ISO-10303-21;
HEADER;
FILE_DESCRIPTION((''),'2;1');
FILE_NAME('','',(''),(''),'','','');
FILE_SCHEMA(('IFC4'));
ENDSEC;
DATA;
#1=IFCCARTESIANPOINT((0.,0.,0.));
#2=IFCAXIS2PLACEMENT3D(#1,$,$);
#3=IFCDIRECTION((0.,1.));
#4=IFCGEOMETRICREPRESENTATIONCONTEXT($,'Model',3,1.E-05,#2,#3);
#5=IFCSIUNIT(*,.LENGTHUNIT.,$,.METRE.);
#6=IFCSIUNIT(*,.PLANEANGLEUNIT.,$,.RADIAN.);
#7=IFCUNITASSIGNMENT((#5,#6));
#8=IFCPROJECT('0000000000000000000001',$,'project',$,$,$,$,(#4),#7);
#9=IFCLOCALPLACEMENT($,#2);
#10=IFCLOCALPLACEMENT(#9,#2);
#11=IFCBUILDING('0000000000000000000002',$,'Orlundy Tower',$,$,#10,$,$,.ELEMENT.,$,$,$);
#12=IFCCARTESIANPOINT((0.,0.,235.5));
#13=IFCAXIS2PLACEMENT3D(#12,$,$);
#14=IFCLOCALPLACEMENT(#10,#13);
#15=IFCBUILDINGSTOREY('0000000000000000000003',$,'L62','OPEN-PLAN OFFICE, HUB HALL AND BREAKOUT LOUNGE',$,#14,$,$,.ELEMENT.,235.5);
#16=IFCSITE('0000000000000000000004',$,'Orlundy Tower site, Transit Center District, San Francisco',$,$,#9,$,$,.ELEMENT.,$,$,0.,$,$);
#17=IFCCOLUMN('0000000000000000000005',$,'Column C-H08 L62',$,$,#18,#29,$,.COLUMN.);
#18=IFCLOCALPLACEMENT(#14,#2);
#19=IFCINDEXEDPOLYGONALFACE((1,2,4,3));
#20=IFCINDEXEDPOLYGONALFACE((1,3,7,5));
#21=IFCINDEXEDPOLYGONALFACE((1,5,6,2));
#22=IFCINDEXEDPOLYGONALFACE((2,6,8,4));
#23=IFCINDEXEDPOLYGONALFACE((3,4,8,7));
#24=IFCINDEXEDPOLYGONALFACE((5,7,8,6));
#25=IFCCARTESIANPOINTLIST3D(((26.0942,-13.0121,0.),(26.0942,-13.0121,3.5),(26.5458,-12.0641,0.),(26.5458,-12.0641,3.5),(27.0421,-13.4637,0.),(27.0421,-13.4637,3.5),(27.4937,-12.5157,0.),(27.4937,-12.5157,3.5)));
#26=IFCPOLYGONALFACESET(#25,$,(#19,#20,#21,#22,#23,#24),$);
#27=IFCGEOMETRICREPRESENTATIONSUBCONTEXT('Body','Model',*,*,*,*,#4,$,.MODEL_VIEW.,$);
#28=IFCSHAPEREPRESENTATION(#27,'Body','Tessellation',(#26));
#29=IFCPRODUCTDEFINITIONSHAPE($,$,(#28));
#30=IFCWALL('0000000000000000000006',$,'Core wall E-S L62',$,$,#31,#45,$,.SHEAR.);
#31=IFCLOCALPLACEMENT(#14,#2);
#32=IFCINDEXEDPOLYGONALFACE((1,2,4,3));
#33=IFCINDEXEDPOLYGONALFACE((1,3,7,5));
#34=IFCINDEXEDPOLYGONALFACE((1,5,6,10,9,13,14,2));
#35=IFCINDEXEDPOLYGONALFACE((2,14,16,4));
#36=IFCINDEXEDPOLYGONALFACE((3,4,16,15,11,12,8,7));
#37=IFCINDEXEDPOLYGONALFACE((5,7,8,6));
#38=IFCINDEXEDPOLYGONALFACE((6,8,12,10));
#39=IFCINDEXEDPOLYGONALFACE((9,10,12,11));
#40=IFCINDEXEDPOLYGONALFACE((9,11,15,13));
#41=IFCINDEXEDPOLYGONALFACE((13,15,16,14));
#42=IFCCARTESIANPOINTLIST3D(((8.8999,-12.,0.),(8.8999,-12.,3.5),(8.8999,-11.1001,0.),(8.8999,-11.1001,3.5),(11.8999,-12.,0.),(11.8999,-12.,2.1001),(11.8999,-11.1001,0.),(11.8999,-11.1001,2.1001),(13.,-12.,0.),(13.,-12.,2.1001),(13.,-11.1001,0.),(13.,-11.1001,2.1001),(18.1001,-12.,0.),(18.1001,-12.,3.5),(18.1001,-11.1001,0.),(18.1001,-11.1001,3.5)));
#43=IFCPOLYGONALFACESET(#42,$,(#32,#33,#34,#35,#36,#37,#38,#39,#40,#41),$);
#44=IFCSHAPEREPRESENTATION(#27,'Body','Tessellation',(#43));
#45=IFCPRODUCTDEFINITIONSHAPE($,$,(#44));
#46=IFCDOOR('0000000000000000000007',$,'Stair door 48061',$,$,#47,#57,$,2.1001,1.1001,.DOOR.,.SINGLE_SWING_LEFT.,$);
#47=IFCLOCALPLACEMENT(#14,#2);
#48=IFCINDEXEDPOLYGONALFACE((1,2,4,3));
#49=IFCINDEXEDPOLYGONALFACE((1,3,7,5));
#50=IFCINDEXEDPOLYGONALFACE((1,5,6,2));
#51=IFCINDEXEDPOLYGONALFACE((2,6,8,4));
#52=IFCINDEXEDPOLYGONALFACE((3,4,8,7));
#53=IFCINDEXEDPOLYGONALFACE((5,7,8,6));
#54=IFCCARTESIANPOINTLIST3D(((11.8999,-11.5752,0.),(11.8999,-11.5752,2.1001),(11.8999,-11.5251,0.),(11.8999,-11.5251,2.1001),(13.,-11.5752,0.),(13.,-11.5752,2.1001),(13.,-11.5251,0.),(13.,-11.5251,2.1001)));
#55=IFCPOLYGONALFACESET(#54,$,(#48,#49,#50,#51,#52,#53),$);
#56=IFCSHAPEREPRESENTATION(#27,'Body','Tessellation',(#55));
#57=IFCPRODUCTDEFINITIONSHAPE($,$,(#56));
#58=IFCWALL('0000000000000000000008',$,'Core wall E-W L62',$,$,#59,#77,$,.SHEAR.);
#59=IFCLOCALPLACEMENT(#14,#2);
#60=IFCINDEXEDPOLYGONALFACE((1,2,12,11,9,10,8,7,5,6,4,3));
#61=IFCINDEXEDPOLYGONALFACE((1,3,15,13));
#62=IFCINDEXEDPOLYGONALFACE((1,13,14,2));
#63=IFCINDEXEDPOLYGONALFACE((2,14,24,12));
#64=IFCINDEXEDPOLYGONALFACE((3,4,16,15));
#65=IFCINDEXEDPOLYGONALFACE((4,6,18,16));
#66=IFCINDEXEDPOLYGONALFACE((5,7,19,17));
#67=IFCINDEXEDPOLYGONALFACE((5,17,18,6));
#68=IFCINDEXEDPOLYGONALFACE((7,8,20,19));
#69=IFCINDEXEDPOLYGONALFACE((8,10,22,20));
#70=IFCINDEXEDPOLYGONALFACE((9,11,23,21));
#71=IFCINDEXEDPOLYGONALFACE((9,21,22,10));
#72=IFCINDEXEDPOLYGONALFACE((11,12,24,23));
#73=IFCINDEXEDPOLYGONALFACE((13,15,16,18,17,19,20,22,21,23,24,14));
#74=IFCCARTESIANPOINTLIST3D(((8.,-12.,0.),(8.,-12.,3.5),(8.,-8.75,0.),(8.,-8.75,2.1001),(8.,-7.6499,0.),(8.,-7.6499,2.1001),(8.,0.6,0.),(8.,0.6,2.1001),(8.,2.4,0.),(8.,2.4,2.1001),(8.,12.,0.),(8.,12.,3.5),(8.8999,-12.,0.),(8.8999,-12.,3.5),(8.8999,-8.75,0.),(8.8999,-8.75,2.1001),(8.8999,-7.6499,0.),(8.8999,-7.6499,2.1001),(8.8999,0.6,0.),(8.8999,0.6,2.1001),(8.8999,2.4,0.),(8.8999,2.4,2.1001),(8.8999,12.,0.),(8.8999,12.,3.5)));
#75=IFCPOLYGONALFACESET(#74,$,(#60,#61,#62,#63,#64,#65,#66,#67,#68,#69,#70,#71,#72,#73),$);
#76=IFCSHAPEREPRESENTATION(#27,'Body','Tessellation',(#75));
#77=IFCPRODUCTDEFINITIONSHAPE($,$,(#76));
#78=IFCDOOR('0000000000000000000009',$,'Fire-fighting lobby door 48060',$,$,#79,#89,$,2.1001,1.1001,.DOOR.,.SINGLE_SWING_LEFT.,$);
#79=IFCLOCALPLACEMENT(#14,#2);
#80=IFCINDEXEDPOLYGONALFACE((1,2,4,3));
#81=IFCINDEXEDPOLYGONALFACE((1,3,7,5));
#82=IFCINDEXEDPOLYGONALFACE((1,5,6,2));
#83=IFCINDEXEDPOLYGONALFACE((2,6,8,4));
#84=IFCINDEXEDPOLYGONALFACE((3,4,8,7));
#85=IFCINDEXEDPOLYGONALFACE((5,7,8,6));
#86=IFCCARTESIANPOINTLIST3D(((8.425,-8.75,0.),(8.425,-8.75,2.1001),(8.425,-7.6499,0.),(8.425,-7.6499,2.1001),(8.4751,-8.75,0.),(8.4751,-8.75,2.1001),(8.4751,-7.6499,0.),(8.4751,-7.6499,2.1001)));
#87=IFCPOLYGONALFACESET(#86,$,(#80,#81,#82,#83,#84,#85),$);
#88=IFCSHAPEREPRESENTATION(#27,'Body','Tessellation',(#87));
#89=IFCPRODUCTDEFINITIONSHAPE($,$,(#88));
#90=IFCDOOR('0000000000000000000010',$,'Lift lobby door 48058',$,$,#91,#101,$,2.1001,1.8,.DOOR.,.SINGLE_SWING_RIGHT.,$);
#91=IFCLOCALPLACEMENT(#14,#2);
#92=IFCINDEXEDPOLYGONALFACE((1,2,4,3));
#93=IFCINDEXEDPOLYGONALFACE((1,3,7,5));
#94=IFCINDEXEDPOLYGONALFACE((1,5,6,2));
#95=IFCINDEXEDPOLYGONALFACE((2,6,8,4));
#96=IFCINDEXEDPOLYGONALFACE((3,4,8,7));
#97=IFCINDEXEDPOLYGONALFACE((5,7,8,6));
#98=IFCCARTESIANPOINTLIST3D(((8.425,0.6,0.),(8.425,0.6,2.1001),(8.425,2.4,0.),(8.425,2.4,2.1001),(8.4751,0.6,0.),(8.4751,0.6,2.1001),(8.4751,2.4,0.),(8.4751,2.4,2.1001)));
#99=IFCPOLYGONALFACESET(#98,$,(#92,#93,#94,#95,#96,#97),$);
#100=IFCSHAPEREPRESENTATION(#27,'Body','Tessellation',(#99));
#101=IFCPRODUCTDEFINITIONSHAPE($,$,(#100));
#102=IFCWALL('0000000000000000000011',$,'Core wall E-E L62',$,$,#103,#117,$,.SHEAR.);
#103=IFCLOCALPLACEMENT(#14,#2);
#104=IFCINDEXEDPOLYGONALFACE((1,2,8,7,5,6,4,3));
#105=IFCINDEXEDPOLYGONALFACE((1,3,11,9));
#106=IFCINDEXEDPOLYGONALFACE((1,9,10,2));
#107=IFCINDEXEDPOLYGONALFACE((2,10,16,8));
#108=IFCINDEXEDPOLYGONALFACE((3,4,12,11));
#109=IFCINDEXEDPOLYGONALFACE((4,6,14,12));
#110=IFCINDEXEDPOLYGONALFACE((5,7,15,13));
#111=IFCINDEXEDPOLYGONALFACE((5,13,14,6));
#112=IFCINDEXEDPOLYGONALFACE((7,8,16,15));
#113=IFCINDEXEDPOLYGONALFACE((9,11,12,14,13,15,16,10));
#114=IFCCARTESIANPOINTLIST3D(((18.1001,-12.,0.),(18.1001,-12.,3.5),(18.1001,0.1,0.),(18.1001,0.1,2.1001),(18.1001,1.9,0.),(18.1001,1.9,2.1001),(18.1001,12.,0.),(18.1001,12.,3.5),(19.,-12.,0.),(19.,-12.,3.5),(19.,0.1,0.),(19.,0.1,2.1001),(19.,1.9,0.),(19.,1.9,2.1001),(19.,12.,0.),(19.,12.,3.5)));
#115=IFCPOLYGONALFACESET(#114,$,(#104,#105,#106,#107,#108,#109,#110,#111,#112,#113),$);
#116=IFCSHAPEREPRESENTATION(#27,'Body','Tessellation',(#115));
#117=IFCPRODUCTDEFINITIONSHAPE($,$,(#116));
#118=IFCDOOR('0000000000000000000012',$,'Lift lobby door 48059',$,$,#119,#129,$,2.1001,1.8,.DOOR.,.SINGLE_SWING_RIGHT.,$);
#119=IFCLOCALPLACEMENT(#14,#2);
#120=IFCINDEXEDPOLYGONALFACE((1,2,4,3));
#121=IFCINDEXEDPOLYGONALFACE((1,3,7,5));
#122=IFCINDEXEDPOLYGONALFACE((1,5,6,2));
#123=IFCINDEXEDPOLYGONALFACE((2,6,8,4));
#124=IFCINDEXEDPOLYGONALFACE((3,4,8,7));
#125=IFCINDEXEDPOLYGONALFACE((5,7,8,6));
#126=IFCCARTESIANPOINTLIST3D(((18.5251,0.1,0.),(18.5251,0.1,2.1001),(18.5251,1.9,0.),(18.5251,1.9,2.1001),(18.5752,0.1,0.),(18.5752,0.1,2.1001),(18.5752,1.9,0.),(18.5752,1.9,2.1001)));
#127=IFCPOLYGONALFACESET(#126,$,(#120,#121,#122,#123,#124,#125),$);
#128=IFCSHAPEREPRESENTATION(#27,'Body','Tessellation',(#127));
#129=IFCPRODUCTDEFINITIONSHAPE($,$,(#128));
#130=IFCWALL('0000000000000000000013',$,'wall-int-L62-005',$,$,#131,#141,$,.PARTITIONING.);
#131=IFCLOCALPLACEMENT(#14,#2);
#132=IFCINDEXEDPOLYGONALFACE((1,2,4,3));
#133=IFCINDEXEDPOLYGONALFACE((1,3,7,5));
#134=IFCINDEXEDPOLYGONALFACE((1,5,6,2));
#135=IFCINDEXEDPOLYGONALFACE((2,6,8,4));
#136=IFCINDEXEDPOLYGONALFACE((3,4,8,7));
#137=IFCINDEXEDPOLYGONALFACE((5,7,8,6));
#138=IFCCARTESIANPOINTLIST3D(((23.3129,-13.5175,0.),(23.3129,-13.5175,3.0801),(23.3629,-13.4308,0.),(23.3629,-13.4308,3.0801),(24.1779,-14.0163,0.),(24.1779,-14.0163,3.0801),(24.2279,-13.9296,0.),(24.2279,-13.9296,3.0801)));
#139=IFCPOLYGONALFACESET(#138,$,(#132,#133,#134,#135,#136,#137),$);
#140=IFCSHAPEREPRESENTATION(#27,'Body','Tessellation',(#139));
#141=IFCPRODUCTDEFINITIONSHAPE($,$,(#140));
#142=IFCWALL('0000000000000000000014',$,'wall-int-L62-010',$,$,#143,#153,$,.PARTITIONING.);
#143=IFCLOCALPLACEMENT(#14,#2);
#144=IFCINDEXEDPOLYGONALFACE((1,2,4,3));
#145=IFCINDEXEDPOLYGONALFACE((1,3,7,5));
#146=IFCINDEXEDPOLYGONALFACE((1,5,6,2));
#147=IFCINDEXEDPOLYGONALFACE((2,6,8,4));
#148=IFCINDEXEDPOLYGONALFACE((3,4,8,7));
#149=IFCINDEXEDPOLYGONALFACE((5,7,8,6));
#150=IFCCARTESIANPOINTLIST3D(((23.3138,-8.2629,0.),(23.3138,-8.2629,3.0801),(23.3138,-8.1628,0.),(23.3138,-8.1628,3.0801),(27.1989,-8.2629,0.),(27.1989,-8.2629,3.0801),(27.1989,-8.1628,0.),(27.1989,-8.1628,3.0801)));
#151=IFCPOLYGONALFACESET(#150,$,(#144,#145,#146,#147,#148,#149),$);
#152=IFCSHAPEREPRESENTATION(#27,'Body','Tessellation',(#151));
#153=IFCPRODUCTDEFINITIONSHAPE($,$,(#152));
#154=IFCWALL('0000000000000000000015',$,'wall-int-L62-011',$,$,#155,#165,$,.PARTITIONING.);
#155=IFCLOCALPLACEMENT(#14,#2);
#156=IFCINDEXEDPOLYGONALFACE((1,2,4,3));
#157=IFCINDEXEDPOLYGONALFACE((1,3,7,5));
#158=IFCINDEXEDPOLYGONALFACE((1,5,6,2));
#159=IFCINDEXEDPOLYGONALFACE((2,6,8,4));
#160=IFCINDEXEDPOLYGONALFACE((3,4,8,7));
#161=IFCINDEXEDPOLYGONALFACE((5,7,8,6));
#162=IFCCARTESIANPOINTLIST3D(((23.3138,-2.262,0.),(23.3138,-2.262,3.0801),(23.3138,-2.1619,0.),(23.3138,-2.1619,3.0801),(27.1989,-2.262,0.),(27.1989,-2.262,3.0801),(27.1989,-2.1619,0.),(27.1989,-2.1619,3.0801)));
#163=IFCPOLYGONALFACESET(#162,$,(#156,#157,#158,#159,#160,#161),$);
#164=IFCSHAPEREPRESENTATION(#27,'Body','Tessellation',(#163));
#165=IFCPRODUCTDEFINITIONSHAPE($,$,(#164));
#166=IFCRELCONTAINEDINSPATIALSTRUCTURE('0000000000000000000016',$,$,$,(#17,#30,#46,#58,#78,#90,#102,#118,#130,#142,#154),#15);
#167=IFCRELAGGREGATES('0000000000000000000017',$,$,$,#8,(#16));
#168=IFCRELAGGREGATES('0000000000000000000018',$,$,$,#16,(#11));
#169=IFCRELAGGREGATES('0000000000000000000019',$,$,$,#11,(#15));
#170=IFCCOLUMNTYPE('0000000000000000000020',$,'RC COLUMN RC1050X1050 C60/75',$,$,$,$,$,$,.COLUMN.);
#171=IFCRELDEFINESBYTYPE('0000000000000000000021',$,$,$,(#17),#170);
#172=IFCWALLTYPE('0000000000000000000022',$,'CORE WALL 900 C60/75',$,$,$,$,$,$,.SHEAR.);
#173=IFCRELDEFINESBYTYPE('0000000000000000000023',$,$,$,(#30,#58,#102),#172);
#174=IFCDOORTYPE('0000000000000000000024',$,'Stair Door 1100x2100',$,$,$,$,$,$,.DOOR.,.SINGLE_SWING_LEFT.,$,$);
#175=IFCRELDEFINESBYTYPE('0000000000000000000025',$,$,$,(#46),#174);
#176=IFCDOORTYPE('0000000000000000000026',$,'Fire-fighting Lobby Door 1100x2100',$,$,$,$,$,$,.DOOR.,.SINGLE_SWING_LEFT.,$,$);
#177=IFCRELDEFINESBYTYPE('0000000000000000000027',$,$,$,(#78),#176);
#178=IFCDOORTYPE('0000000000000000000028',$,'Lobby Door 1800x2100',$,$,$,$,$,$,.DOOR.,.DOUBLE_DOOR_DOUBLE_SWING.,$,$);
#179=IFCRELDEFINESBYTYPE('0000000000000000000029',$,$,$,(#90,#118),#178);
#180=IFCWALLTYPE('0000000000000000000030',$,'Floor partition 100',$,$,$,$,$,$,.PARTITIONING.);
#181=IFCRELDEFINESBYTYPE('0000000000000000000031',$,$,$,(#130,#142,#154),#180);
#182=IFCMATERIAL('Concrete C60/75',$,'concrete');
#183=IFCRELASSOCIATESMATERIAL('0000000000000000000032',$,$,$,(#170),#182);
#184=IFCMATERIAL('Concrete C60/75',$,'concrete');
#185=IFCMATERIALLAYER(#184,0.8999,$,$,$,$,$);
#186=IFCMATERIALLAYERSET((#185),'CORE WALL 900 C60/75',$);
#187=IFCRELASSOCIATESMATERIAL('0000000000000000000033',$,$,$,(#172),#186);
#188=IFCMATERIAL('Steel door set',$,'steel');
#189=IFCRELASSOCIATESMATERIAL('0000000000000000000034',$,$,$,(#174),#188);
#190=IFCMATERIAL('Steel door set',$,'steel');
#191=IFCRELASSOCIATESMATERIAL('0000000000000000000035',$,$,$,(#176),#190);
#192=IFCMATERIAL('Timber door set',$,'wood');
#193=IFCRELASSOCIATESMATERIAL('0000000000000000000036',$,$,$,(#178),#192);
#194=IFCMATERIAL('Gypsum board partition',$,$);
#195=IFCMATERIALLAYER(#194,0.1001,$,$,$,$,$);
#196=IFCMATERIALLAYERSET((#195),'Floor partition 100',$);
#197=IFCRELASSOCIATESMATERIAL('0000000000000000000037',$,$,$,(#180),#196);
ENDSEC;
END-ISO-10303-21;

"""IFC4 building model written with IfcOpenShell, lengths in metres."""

from ifc_helpers import new_model, si_unit, direction, frame, frame_2d, origin, origin_2d, place, context, subcontext, project, spatial, rectangle, extrude, material, layer, layer_set, material_profile, profile_set, type_object, element, fill, save


model = new_model("IFC4")

# Units and contexts
model_context = context("Model", 3, precision=1e-05, world=origin(), true_north=direction((0.0, 1.0)))
body_context = subcontext(model_context, "Body", "Model", "MODEL_VIEW")
ifc_project = project(units=[si_unit("LENGTHUNIT", "METRE"), si_unit("PLANEANGLEUNIT", "RADIAN")], contexts=[model_context])

# Site, building, storey
site_placement = place(None, origin())
site = spatial("IfcSite", under=ifc_project, at=site_placement, Name="Orlundy Tower site, Transit Center District, San Francisco", CompositionType="ELEMENT", RefElevation=0.0)
building_placement = place(site_placement, origin())
building = spatial("IfcBuilding", under=site, at=building_placement, Name="Orlundy Tower", CompositionType="ELEMENT")
storey_placement = place(building_placement, frame((0.0, 0.0, 235.5)))
storey = spatial("IfcBuildingStorey", under=building, at=storey_placement, Name="L62", Description="OPEN-PLAN OFFICE, HUB HALL AND BREAKOUT LOUNGE", CompositionType="ELEMENT", Elevation=235.5)

# Column
ifc_material_1 = material(Name="Concrete C60/75", Category="concrete")
ifc_material_profile = material_profile(ifc_material_1, rectangle(XDim=1.05, YDim=1.05, at=origin_2d()), Name="RC1050X1050")
ifc_profile_set = profile_set([ifc_material_profile], Name="Concrete C60/75")
column_type = type_object("IfcColumnType", Name="RC COLUMN RC1050X1050 C60/75", PredefinedType="COLUMN", material=ifc_profile_set)
column_placement = place(storey_placement, frame((26.7939, -12.7639, 0.0), z_axis=(0.0, 0.0, 1.0), x_axis=(0.902796, -0.43007, 0.0)))
element("IfcColumn", 1, at=column_placement, inside=storey, type_object=column_type, Name="Column C-H08 L62", PredefinedType="COLUMN", context=body_context, shape_type="SweptSolid", body=[
    extrude(rectangle(XDim=1.05, YDim=1.05, at=origin_2d()), origin(), (0.0, 0.0, 1.0), 3.5),
])

# Wall, opening, door
ifc_material_2 = material(Name="Concrete C60/75", Category="concrete")
ifc_layer_1 = layer(ifc_material_2, 0.8999)
ifc_layer_set_1 = layer_set([ifc_layer_1], Name="CORE WALL 900 C60/75")
wall_type_1 = type_object("IfcWallType", Name="CORE WALL 900 C60/75", PredefinedType="SHEAR", material=ifc_layer_set_1)
wall_1_placement = place(storey_placement, frame((8.8999, -11.55, 0.0), z_axis=(0.0, 0.0, 1.0), x_axis=(1.0, 0.0, 0.0)))
wall_1 = element("IfcWall", 2, at=wall_1_placement, inside=storey, type_object=wall_type_1, Name="Core wall E-S L62", PredefinedType="SHEAR", context=body_context, shape_type="SweptSolid", body=[
    extrude(rectangle(XDim=9.2002, YDim=0.8999, at=frame_2d((4.6001, 0.0))), origin(), (0.0, 0.0, 1.0), 3.5),
])
opening_1_placement = place(wall_1_placement, frame((3.0, 0.0, 0.0)))
opening_1 = element("IfcOpeningElement", 3, at=opening_1_placement, cuts=wall_1, PredefinedType="OPENING", context=body_context, shape_type="SweptSolid", body=[
    extrude(rectangle(XDim=1.1001, YDim=2.1001, at=frame_2d((0.55, 1.05))), frame((0.0, 0.46, 0.0), z_axis=(0.0, -1.0, 0.0), x_axis=(1.0, 0.0, 0.0)), (0.0, 0.0, 1.0), 0.9199),
])
ifc_material_3 = material(Name="Steel door set", Category="steel")
door_type_1 = type_object("IfcDoorType", Name="Stair Door 1100x2100", OperationType="SINGLE_SWING_LEFT", PredefinedType="DOOR", material=ifc_material_3)
door_1_placement = place(opening_1_placement, origin())
door_1 = element("IfcDoor", 4, at=door_1_placement, inside=storey, type_object=door_type_1, Name="Stair door 48061", OperationType="SINGLE_SWING_LEFT", OverallHeight=2.1001, OverallWidth=1.1001, PredefinedType="DOOR", context=body_context, shape_type="SweptSolid", body=[
    extrude(rectangle(XDim=1.1001, YDim=2.1001, at=frame_2d((0.55, 1.05))), frame((0.0, 0.0249, 0.0), z_axis=(0.0, -1.0, 0.0), x_axis=(1.0, 0.0, 0.0)), (0.0, 0.0, 1.0), 0.05),
])
fill(opening_1, door_1)

# Wall, openings, doors
wall_2_placement = place(storey_placement, frame((8.45, -12.0, 0.0), z_axis=(0.0, 0.0, 1.0), x_axis=(0.0, 1.0, 0.0)))
wall_2 = element("IfcWall", 5, at=wall_2_placement, inside=storey, type_object=wall_type_1, Name="Core wall E-W L62", PredefinedType="SHEAR", context=body_context, shape_type="SweptSolid", body=[
    extrude(rectangle(XDim=24.0, YDim=0.8999, at=frame_2d((12.0, 0.0))), origin(), (0.0, 0.0, 1.0), 3.5),
])
opening_2_placement = place(wall_2_placement, frame((12.6001, 0.0, 0.0)))
opening_2 = element("IfcOpeningElement", 6, at=opening_2_placement, cuts=wall_2, PredefinedType="OPENING", context=body_context, shape_type="SweptSolid", body=[
    extrude(rectangle(XDim=1.8, YDim=2.1001, at=frame_2d((0.8999, 1.05))), frame((0.0, 0.46, 0.0), z_axis=(0.0, -1.0, 0.0), x_axis=(1.0, 0.0, 0.0)), (0.0, 0.0, 1.0), 0.9199),
])
opening_3_placement = place(wall_2_placement, frame((3.25, 0.0, 0.0)))
opening_3 = element("IfcOpeningElement", 7, at=opening_3_placement, cuts=wall_2, PredefinedType="OPENING", context=body_context, shape_type="SweptSolid", body=[
    extrude(rectangle(XDim=1.1001, YDim=2.1001, at=frame_2d((0.55, 1.05))), frame((0.0, 0.46, 0.0), z_axis=(0.0, -1.0, 0.0), x_axis=(1.0, 0.0, 0.0)), (0.0, 0.0, 1.0), 0.9199),
])
ifc_material_4 = material(Name="Steel door set", Category="steel")
door_type_2 = type_object("IfcDoorType", Name="Fire-fighting Lobby Door 1100x2100", OperationType="SINGLE_SWING_LEFT", PredefinedType="DOOR", material=ifc_material_4)
door_2_placement = place(opening_3_placement, origin())
door_2 = element("IfcDoor", 8, at=door_2_placement, inside=storey, type_object=door_type_2, Name="Fire-fighting lobby door 48060", OperationType="SINGLE_SWING_LEFT", OverallHeight=2.1001, OverallWidth=1.1001, PredefinedType="DOOR", context=body_context, shape_type="SweptSolid", body=[
    extrude(rectangle(XDim=1.1001, YDim=2.1001, at=frame_2d((0.55, 1.05))), frame((0.0, 0.0249, 0.0), z_axis=(0.0, -1.0, 0.0), x_axis=(1.0, 0.0, 0.0)), (0.0, 0.0, 1.0), 0.05),
])
fill(opening_3, door_2)
ifc_material_5 = material(Name="Timber door set", Category="wood")
door_type_3 = type_object("IfcDoorType", Name="Lobby Door 1800x2100", OperationType="DOUBLE_DOOR_DOUBLE_SWING", PredefinedType="DOOR", material=ifc_material_5)
door_3_placement = place(opening_2_placement, origin())
door_3 = element("IfcDoor", 9, at=door_3_placement, inside=storey, type_object=door_type_3, Name="Lift lobby door 48058", OperationType="SINGLE_SWING_RIGHT", OverallHeight=2.1001, OverallWidth=1.8, PredefinedType="DOOR", context=body_context, shape_type="SweptSolid", body=[
    extrude(rectangle(XDim=1.8, YDim=2.1001, at=frame_2d((0.8999, 1.05))), frame((0.0, 0.0249, 0.0), z_axis=(0.0, -1.0, 0.0), x_axis=(1.0, 0.0, 0.0)), (0.0, 0.0, 1.0), 0.05),
])
fill(opening_2, door_3)

# Wall, opening, door
wall_3_placement = place(storey_placement, frame((18.55, -12.0, 0.0), z_axis=(0.0, 0.0, 1.0), x_axis=(0.0, 1.0, 0.0)))
wall_3 = element("IfcWall", 10, at=wall_3_placement, inside=storey, type_object=wall_type_1, Name="Core wall E-E L62", PredefinedType="SHEAR", context=body_context, shape_type="SweptSolid", body=[
    extrude(rectangle(XDim=24.0, YDim=0.8999, at=frame_2d((12.0, 0.0))), origin(), (0.0, 0.0, 1.0), 3.5),
])
opening_4_placement = place(wall_3_placement, frame((12.1001, 0.0, 0.0)))
opening_4 = element("IfcOpeningElement", 11, at=opening_4_placement, cuts=wall_3, PredefinedType="OPENING", context=body_context, shape_type="SweptSolid", body=[
    extrude(rectangle(XDim=1.8, YDim=2.1001, at=frame_2d((0.8999, 1.05))), frame((0.0, 0.46, 0.0), z_axis=(0.0, -1.0, 0.0), x_axis=(1.0, 0.0, 0.0)), (0.0, 0.0, 1.0), 0.9199),
])
door_4_placement = place(opening_4_placement, origin())
door_4 = element("IfcDoor", 12, at=door_4_placement, inside=storey, type_object=door_type_3, Name="Lift lobby door 48059", OperationType="SINGLE_SWING_RIGHT", OverallHeight=2.1001, OverallWidth=1.8, PredefinedType="DOOR", context=body_context, shape_type="SweptSolid", body=[
    extrude(rectangle(XDim=1.8, YDim=2.1001, at=frame_2d((0.8999, 1.05))), frame((0.0, 0.0249, 0.0), z_axis=(0.0, -1.0, 0.0), x_axis=(1.0, 0.0, 0.0)), (0.0, 0.0, 1.0), 0.05),
])
fill(opening_4, door_4)

# Walls
ifc_material_6 = material(Name="Gypsum board partition")
ifc_layer_2 = layer(ifc_material_6, 0.1001)
ifc_layer_set_2 = layer_set([ifc_layer_2], Name="Floor partition 100")
wall_type_2 = type_object("IfcWallType", Name="Floor partition 100", PredefinedType="PARTITIONING", material=ifc_layer_set_2)
wall_4_placement = place(storey_placement, frame((23.3379, -13.4741, 0.0), z_axis=(0.0, 0.0, 1.0), x_axis=(0.866295, -0.499532, 0.0)))
element("IfcWall", 13, at=wall_4_placement, inside=storey, type_object=wall_type_2, Name="wall-int-L62-005", PredefinedType="PARTITIONING", context=body_context, shape_type="SweptSolid", body=[
    extrude(rectangle(XDim=0.9985, YDim=0.1001, at=frame_2d((0.4993, 0.0))), origin(), (0.0, 0.0, 1.0), 3.0801),
])
for number, where, z_axis, x_axis, name in (
    (14, (23.314, -8.2129, 0.0), (0.0, 0.0, 1.0), (1.0, 0.0, 0.0), "wall-int-L62-010"),
    (15, (23.314, -2.2119, 0.0), (0.0, 0.0, 1.0), (1.0, 0.0, 0.0), "wall-int-L62-011"),
):
    element("IfcWall", number, at=place(storey_placement, frame(where, z_axis=z_axis, x_axis=x_axis)), inside=storey, type_object=wall_type_2, Name=name, PredefinedType="PARTITIONING", context=body_context, shape_type="SweptSolid", body=[
        extrude(rectangle(XDim=3.885, YDim=0.1001, at=frame_2d((1.9424, 0.0))), origin(), (0.0, 0.0, 1.0), 3.0801),
    ])

save(model, "model.ifc")
